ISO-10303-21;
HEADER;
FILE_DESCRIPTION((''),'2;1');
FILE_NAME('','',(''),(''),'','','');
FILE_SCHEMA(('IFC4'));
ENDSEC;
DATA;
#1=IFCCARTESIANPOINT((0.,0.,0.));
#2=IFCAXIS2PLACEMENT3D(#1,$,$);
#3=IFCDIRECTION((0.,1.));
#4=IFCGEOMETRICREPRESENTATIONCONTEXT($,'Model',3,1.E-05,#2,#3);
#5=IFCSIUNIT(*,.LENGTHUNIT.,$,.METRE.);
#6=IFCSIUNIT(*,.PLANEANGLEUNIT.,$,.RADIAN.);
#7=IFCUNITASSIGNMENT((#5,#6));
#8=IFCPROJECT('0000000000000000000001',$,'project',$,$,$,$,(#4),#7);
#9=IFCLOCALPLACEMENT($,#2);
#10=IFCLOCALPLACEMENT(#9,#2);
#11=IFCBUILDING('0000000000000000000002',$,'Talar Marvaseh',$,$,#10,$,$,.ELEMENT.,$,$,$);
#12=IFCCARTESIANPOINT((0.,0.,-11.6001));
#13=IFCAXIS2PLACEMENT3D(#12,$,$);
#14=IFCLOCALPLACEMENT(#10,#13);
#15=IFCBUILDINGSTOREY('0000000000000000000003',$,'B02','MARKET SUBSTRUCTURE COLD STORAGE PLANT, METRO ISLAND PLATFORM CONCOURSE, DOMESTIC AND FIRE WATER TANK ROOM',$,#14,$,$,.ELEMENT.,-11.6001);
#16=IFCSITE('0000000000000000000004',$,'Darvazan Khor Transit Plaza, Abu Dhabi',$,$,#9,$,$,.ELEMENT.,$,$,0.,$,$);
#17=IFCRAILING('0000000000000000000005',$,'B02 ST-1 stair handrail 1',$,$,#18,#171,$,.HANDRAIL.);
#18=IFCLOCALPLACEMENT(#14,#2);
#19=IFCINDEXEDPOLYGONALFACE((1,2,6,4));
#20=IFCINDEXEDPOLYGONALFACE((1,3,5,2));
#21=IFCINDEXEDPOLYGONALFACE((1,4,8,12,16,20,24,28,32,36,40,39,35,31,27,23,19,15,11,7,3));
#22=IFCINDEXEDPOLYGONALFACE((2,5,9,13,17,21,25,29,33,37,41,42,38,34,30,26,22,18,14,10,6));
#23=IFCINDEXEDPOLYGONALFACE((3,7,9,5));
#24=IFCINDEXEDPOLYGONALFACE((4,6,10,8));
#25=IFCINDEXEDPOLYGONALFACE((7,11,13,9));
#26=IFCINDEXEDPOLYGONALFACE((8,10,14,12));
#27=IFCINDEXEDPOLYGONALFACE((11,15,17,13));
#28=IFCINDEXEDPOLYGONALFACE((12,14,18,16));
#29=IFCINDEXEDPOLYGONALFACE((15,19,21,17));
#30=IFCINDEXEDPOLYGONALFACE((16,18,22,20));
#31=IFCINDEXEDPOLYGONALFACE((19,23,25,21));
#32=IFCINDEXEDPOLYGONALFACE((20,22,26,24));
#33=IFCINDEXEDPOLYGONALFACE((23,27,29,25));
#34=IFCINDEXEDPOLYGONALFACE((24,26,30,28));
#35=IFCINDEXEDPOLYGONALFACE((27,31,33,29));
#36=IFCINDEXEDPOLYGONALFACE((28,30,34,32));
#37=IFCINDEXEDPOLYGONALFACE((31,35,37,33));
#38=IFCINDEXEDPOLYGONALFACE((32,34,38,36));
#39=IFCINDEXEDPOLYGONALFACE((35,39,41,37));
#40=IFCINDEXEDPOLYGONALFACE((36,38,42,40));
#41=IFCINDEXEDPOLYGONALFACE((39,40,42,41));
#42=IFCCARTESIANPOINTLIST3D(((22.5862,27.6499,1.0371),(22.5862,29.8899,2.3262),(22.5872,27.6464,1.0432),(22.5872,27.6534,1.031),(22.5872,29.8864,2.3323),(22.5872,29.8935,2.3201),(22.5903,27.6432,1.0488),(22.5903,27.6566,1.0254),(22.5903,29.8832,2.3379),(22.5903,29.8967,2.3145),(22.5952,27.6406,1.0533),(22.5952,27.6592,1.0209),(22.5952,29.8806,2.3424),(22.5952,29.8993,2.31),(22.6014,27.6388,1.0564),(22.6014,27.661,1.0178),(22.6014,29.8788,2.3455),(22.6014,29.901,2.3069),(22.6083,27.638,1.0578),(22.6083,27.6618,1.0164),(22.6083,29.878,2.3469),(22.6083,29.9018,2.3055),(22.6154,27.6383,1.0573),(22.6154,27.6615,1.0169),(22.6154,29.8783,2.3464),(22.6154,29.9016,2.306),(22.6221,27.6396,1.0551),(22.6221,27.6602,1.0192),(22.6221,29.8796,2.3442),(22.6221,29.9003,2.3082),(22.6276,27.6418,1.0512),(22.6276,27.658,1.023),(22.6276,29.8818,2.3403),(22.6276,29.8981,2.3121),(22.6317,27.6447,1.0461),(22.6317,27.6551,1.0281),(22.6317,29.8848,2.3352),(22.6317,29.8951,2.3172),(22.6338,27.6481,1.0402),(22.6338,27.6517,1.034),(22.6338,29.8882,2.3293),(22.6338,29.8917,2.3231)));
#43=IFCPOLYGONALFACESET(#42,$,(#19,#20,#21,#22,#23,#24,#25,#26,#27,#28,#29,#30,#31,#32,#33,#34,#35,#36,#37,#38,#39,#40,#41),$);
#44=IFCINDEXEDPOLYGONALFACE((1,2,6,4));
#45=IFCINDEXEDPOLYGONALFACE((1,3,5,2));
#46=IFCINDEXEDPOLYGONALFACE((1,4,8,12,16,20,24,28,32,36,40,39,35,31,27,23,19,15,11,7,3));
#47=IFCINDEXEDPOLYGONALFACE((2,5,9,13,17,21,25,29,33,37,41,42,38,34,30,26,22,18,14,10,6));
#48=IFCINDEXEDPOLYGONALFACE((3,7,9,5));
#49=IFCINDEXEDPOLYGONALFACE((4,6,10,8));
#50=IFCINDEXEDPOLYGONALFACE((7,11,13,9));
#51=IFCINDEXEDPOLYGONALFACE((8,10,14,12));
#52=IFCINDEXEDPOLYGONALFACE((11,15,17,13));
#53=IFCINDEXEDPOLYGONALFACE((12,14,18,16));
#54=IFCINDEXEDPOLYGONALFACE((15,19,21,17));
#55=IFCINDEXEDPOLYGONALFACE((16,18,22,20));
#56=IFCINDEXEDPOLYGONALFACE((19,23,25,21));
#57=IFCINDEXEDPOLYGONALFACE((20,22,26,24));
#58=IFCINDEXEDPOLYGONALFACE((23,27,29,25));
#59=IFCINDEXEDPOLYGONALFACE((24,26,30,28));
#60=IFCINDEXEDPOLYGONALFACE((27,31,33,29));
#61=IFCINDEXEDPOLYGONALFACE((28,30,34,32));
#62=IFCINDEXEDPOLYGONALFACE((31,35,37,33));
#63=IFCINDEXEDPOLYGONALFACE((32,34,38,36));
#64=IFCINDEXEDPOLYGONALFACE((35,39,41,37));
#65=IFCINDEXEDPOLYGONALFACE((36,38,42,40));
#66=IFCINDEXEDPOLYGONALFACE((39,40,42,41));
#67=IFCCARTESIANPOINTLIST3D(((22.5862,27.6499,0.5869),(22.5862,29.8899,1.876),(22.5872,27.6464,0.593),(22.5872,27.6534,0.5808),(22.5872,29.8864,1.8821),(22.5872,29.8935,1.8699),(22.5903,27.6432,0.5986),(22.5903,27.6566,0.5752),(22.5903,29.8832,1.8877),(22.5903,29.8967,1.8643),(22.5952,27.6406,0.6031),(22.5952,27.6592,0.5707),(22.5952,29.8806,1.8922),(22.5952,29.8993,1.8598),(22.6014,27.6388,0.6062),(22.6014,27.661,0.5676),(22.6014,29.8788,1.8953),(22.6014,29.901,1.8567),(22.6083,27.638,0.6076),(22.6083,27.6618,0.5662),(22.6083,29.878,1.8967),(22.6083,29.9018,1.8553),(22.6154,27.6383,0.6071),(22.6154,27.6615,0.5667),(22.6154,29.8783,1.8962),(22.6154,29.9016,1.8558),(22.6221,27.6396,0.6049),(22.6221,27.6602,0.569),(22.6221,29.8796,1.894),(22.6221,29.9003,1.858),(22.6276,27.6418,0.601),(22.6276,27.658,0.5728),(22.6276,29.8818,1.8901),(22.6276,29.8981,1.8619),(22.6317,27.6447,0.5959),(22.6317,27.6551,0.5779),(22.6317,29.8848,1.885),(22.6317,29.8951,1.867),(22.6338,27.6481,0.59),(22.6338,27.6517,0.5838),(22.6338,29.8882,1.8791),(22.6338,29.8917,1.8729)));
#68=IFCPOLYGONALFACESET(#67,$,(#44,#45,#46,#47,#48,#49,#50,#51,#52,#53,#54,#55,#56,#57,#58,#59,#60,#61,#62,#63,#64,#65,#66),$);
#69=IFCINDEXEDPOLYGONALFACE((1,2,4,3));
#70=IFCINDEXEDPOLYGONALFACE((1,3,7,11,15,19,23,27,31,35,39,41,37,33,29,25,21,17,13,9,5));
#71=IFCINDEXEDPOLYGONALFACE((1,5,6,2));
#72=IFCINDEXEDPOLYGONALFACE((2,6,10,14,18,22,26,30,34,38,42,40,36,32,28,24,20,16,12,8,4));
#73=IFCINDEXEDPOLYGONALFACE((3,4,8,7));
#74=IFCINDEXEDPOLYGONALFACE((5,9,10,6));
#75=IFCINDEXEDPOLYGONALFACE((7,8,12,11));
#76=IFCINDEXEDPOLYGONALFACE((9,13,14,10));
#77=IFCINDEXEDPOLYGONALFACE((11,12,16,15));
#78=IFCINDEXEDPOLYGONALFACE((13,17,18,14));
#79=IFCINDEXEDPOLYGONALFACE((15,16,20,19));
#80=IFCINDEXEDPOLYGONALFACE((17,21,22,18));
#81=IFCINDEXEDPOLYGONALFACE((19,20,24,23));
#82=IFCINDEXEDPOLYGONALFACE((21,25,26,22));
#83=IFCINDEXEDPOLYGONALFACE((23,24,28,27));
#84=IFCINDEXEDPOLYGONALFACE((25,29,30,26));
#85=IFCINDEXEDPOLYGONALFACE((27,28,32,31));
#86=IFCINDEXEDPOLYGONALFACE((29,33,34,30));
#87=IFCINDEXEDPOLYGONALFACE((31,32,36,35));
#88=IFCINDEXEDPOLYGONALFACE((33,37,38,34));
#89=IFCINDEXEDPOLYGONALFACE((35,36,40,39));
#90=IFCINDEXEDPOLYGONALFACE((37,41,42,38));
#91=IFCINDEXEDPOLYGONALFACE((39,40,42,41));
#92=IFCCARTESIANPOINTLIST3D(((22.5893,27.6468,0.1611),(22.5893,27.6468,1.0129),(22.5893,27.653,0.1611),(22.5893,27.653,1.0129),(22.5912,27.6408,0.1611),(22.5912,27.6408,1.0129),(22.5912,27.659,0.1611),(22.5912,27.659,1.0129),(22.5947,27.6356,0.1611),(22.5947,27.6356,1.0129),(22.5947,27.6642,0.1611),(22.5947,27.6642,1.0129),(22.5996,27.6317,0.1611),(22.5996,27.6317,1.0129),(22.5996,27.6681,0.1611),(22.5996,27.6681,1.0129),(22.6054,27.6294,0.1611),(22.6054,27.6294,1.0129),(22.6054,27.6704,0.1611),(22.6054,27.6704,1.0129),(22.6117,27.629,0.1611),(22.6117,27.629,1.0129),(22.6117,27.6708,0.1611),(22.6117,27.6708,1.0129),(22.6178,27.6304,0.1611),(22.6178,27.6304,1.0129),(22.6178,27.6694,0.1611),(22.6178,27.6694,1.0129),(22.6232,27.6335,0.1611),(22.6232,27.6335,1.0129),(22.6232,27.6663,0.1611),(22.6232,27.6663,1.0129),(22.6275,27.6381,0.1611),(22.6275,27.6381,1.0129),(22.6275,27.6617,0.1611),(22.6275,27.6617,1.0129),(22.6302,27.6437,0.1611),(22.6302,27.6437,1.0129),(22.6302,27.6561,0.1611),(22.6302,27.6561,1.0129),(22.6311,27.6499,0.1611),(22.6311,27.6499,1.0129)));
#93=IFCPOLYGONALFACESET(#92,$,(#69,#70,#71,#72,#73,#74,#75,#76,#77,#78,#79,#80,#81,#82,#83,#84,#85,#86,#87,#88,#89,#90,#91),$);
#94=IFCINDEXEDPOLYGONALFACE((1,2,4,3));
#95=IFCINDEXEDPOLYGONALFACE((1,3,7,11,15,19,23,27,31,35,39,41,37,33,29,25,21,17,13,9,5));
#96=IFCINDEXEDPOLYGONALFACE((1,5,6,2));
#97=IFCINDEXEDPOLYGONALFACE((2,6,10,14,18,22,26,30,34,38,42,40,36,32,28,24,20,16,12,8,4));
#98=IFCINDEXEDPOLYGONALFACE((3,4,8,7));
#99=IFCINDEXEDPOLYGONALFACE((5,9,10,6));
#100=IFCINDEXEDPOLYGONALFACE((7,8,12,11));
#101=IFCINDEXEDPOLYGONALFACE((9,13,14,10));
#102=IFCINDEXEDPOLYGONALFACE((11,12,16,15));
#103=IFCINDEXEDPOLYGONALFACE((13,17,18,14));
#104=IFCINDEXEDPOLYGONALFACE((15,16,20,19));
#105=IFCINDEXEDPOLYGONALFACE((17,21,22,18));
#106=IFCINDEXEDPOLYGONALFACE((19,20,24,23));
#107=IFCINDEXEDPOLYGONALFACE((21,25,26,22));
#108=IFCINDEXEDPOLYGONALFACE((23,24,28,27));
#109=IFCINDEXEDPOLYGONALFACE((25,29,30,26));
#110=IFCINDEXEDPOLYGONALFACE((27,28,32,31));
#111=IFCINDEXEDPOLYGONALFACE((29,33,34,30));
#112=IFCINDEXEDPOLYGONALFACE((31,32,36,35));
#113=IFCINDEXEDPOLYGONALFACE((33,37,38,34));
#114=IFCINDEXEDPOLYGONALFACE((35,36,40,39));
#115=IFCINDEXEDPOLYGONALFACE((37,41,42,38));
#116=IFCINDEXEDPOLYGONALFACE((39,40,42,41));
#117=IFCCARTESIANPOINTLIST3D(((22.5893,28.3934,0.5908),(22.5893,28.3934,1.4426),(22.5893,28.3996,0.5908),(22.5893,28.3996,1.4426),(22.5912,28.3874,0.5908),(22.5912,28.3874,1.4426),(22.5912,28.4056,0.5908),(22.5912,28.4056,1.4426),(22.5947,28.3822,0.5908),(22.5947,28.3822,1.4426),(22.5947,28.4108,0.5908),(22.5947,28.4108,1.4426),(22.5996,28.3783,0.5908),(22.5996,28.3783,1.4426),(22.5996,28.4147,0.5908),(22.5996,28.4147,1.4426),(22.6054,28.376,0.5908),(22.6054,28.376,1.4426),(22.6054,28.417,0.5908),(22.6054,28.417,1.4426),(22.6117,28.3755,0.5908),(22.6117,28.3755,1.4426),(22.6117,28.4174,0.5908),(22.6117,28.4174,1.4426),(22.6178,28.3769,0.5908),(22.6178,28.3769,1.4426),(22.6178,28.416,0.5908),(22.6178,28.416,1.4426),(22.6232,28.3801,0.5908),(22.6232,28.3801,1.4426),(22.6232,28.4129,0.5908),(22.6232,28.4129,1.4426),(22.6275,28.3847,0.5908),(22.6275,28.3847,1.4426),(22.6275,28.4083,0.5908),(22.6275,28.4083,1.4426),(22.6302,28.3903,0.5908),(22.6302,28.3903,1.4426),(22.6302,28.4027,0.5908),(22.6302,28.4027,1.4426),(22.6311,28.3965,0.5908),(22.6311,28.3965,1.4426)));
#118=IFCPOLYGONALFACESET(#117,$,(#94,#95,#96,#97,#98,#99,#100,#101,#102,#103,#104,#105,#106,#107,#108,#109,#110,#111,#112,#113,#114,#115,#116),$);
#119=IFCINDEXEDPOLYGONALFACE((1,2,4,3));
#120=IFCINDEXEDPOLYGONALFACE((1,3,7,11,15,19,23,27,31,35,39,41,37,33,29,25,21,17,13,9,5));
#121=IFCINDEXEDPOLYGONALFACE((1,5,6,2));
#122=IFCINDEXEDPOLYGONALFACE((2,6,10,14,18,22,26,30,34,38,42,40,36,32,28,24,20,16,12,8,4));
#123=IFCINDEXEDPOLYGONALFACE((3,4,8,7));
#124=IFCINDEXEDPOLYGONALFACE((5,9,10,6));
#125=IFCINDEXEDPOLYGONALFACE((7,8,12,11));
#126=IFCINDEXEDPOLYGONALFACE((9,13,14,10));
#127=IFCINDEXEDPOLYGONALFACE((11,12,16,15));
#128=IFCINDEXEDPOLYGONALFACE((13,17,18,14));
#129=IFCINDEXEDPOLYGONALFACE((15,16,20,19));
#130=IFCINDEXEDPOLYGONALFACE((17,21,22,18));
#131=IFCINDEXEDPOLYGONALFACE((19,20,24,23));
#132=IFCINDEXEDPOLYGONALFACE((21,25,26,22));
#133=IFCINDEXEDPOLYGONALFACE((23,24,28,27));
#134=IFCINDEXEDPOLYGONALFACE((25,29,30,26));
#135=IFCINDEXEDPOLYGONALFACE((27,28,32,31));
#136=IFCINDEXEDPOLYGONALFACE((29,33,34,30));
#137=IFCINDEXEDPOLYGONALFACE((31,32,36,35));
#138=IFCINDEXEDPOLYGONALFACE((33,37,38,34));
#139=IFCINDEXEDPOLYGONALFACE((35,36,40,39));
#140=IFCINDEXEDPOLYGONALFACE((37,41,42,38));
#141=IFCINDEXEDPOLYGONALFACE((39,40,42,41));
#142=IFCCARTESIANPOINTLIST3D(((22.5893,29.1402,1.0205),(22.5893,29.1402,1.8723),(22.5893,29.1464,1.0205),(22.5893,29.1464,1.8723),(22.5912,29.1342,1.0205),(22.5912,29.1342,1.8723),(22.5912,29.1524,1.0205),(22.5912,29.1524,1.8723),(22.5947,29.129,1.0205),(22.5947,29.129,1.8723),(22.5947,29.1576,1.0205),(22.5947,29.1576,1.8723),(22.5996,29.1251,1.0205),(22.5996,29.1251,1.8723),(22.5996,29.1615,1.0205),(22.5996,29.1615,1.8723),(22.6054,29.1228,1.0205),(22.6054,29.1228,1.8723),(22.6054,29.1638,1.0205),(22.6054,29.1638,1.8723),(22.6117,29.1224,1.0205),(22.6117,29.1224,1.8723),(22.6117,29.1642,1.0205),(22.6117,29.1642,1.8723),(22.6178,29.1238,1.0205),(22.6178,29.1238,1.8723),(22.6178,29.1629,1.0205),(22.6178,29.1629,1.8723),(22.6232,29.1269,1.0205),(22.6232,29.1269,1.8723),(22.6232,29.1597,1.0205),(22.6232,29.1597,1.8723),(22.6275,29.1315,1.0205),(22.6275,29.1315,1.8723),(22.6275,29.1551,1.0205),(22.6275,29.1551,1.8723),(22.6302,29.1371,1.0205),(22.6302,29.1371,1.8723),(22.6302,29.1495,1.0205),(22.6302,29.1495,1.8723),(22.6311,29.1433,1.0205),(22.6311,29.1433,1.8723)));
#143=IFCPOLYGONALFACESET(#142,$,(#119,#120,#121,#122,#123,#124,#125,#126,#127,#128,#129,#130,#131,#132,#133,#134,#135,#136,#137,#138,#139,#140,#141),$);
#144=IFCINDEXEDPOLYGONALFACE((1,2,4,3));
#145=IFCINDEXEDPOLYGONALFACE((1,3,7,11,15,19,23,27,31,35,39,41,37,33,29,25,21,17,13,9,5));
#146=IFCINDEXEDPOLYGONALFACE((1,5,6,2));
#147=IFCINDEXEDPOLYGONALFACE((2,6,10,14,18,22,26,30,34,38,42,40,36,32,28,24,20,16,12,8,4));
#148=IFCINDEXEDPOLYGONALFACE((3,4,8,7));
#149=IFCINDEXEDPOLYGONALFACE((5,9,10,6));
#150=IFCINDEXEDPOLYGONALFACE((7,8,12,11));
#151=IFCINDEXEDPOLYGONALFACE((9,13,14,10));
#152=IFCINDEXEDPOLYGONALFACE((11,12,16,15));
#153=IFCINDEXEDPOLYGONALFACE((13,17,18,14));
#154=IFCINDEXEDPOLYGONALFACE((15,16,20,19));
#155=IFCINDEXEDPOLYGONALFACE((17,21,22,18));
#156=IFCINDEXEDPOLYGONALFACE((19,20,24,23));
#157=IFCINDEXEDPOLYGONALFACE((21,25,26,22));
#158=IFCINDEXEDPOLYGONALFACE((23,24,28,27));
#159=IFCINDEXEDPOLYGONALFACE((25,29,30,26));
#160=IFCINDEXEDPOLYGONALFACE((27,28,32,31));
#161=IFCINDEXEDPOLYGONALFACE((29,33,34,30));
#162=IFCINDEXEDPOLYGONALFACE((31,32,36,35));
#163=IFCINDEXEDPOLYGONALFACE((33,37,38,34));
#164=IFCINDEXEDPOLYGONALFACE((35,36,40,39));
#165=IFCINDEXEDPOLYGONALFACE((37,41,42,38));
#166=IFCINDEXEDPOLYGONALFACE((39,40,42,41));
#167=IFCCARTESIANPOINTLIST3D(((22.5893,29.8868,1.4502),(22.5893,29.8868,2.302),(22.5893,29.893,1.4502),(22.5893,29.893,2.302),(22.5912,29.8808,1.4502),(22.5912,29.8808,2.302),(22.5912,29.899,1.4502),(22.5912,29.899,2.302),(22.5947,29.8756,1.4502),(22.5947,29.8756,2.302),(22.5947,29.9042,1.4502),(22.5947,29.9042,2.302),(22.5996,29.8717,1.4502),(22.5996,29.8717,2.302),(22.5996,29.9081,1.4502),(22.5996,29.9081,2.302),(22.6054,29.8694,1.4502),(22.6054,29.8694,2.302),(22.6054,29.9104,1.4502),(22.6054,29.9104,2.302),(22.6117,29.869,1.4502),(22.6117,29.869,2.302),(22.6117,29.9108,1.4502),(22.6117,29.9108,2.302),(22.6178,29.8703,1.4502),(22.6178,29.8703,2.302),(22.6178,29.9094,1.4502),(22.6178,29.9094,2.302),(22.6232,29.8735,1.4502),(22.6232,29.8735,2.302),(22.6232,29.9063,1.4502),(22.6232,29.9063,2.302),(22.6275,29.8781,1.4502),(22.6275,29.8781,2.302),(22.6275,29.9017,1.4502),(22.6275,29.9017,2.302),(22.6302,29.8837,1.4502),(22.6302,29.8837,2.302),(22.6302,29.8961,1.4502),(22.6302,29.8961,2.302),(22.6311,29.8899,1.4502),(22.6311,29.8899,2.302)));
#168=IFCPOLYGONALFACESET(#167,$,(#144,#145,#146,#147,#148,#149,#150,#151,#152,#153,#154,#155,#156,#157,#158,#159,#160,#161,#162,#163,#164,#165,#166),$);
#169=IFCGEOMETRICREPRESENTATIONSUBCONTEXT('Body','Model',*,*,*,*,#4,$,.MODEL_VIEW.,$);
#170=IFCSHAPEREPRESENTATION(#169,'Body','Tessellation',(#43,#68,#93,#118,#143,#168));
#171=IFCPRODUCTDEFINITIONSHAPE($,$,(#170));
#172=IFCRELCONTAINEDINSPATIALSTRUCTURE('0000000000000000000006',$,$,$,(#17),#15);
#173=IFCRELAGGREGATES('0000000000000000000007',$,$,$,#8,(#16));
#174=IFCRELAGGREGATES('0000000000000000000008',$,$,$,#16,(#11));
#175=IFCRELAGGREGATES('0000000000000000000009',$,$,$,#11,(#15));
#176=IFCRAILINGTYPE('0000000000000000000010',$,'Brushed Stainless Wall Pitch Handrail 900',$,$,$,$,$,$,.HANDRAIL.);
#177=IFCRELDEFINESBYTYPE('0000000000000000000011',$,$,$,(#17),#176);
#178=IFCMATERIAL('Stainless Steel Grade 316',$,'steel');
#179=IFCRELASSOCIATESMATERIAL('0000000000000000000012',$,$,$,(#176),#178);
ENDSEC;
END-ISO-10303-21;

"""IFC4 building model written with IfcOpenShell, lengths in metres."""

from ifc_helpers import new_model, si_unit, direction, frame, origin, origin_2d, place, context, subcontext, project, spatial, circle, extrude, material, type_object, element, save


model = new_model("IFC4")

# Units and contexts
model_context = context("Model", 3, precision=1e-05, world=origin(), true_north=direction((0.0, 1.0)))
body_context = subcontext(model_context, "Body", "Model", "MODEL_VIEW")
ifc_project = project(units=[si_unit("LENGTHUNIT", "METRE"), si_unit("PLANEANGLEUNIT", "RADIAN")], contexts=[model_context])

# Site, building, storey
site_placement = place(None, origin())
site = spatial("IfcSite", under=ifc_project, at=site_placement, Name="Darvazan Khor Transit Plaza, Abu Dhabi", CompositionType="ELEMENT", RefElevation=0.0)
building_placement = place(site_placement, origin())
building = spatial("IfcBuilding", under=site, at=building_placement, Name="Talar Marvaseh", CompositionType="ELEMENT")
storey_placement = place(building_placement, frame((0.0, 0.0, -11.6001)))
storey = spatial("IfcBuildingStorey", under=building, at=storey_placement, Name="B02", Description="MARKET SUBSTRUCTURE COLD STORAGE PLANT, METRO ISLAND PLATFORM CONCOURSE, DOMESTIC AND FIRE WATER TANK ROOM", CompositionType="ELEMENT", Elevation=-11.6001)

# Railing
ifc_material_1 = material(Name="Stainless Steel Grade 316", Category="steel")
railing_type_1 = type_object("IfcRailingType", Name="Brushed Stainless Wall Pitch Handrail 900", PredefinedType="HANDRAIL", material=ifc_material_1)
railing_1_placement = place(storey_placement, frame((22.6101, 27.6499, 0.1611)))
element("IfcRailing", 1, at=railing_1_placement, inside=storey, type_object=railing_type_1, Name="B02 ST-1 stair handrail 1", PredefinedType="HANDRAIL", context=body_context, shape_type="SweptSolid", body=[
    extrude(circle(Radius=0.0239, at=origin_2d()), frame((0.0, 0.0, 0.876), z_axis=(0.0, 0.866728, 0.498782), x_axis=(-1.0, 0.0, 0.0)), (0.0, 0.0, 1.0), 2.5845),
    extrude(circle(Radius=0.0239, at=origin_2d()), frame((0.0, 0.0, 0.4258), z_axis=(0.0, 0.866728, 0.498782), x_axis=(-1.0, 0.0, 0.0)), (0.0, 0.0, 1.0), 2.5845),
    extrude(circle(Radius=0.021, at=origin_2d()), origin(), (0.0, 0.0, 1.0), 0.8518),
    extrude(circle(Radius=0.021, at=origin_2d()), frame((0.0, 0.7466, 0.4297)), (0.0, 0.0, 1.0), 0.8518),
    extrude(circle(Radius=0.021, at=origin_2d()), frame((0.0, 1.4934, 0.8594)), (0.0, 0.0, 1.0), 0.8518),
    extrude(circle(Radius=0.021, at=origin_2d()), frame((0.0, 2.24, 1.2891)), (0.0, 0.0, 1.0), 0.8518),
])

save(model, "model.ifc")
